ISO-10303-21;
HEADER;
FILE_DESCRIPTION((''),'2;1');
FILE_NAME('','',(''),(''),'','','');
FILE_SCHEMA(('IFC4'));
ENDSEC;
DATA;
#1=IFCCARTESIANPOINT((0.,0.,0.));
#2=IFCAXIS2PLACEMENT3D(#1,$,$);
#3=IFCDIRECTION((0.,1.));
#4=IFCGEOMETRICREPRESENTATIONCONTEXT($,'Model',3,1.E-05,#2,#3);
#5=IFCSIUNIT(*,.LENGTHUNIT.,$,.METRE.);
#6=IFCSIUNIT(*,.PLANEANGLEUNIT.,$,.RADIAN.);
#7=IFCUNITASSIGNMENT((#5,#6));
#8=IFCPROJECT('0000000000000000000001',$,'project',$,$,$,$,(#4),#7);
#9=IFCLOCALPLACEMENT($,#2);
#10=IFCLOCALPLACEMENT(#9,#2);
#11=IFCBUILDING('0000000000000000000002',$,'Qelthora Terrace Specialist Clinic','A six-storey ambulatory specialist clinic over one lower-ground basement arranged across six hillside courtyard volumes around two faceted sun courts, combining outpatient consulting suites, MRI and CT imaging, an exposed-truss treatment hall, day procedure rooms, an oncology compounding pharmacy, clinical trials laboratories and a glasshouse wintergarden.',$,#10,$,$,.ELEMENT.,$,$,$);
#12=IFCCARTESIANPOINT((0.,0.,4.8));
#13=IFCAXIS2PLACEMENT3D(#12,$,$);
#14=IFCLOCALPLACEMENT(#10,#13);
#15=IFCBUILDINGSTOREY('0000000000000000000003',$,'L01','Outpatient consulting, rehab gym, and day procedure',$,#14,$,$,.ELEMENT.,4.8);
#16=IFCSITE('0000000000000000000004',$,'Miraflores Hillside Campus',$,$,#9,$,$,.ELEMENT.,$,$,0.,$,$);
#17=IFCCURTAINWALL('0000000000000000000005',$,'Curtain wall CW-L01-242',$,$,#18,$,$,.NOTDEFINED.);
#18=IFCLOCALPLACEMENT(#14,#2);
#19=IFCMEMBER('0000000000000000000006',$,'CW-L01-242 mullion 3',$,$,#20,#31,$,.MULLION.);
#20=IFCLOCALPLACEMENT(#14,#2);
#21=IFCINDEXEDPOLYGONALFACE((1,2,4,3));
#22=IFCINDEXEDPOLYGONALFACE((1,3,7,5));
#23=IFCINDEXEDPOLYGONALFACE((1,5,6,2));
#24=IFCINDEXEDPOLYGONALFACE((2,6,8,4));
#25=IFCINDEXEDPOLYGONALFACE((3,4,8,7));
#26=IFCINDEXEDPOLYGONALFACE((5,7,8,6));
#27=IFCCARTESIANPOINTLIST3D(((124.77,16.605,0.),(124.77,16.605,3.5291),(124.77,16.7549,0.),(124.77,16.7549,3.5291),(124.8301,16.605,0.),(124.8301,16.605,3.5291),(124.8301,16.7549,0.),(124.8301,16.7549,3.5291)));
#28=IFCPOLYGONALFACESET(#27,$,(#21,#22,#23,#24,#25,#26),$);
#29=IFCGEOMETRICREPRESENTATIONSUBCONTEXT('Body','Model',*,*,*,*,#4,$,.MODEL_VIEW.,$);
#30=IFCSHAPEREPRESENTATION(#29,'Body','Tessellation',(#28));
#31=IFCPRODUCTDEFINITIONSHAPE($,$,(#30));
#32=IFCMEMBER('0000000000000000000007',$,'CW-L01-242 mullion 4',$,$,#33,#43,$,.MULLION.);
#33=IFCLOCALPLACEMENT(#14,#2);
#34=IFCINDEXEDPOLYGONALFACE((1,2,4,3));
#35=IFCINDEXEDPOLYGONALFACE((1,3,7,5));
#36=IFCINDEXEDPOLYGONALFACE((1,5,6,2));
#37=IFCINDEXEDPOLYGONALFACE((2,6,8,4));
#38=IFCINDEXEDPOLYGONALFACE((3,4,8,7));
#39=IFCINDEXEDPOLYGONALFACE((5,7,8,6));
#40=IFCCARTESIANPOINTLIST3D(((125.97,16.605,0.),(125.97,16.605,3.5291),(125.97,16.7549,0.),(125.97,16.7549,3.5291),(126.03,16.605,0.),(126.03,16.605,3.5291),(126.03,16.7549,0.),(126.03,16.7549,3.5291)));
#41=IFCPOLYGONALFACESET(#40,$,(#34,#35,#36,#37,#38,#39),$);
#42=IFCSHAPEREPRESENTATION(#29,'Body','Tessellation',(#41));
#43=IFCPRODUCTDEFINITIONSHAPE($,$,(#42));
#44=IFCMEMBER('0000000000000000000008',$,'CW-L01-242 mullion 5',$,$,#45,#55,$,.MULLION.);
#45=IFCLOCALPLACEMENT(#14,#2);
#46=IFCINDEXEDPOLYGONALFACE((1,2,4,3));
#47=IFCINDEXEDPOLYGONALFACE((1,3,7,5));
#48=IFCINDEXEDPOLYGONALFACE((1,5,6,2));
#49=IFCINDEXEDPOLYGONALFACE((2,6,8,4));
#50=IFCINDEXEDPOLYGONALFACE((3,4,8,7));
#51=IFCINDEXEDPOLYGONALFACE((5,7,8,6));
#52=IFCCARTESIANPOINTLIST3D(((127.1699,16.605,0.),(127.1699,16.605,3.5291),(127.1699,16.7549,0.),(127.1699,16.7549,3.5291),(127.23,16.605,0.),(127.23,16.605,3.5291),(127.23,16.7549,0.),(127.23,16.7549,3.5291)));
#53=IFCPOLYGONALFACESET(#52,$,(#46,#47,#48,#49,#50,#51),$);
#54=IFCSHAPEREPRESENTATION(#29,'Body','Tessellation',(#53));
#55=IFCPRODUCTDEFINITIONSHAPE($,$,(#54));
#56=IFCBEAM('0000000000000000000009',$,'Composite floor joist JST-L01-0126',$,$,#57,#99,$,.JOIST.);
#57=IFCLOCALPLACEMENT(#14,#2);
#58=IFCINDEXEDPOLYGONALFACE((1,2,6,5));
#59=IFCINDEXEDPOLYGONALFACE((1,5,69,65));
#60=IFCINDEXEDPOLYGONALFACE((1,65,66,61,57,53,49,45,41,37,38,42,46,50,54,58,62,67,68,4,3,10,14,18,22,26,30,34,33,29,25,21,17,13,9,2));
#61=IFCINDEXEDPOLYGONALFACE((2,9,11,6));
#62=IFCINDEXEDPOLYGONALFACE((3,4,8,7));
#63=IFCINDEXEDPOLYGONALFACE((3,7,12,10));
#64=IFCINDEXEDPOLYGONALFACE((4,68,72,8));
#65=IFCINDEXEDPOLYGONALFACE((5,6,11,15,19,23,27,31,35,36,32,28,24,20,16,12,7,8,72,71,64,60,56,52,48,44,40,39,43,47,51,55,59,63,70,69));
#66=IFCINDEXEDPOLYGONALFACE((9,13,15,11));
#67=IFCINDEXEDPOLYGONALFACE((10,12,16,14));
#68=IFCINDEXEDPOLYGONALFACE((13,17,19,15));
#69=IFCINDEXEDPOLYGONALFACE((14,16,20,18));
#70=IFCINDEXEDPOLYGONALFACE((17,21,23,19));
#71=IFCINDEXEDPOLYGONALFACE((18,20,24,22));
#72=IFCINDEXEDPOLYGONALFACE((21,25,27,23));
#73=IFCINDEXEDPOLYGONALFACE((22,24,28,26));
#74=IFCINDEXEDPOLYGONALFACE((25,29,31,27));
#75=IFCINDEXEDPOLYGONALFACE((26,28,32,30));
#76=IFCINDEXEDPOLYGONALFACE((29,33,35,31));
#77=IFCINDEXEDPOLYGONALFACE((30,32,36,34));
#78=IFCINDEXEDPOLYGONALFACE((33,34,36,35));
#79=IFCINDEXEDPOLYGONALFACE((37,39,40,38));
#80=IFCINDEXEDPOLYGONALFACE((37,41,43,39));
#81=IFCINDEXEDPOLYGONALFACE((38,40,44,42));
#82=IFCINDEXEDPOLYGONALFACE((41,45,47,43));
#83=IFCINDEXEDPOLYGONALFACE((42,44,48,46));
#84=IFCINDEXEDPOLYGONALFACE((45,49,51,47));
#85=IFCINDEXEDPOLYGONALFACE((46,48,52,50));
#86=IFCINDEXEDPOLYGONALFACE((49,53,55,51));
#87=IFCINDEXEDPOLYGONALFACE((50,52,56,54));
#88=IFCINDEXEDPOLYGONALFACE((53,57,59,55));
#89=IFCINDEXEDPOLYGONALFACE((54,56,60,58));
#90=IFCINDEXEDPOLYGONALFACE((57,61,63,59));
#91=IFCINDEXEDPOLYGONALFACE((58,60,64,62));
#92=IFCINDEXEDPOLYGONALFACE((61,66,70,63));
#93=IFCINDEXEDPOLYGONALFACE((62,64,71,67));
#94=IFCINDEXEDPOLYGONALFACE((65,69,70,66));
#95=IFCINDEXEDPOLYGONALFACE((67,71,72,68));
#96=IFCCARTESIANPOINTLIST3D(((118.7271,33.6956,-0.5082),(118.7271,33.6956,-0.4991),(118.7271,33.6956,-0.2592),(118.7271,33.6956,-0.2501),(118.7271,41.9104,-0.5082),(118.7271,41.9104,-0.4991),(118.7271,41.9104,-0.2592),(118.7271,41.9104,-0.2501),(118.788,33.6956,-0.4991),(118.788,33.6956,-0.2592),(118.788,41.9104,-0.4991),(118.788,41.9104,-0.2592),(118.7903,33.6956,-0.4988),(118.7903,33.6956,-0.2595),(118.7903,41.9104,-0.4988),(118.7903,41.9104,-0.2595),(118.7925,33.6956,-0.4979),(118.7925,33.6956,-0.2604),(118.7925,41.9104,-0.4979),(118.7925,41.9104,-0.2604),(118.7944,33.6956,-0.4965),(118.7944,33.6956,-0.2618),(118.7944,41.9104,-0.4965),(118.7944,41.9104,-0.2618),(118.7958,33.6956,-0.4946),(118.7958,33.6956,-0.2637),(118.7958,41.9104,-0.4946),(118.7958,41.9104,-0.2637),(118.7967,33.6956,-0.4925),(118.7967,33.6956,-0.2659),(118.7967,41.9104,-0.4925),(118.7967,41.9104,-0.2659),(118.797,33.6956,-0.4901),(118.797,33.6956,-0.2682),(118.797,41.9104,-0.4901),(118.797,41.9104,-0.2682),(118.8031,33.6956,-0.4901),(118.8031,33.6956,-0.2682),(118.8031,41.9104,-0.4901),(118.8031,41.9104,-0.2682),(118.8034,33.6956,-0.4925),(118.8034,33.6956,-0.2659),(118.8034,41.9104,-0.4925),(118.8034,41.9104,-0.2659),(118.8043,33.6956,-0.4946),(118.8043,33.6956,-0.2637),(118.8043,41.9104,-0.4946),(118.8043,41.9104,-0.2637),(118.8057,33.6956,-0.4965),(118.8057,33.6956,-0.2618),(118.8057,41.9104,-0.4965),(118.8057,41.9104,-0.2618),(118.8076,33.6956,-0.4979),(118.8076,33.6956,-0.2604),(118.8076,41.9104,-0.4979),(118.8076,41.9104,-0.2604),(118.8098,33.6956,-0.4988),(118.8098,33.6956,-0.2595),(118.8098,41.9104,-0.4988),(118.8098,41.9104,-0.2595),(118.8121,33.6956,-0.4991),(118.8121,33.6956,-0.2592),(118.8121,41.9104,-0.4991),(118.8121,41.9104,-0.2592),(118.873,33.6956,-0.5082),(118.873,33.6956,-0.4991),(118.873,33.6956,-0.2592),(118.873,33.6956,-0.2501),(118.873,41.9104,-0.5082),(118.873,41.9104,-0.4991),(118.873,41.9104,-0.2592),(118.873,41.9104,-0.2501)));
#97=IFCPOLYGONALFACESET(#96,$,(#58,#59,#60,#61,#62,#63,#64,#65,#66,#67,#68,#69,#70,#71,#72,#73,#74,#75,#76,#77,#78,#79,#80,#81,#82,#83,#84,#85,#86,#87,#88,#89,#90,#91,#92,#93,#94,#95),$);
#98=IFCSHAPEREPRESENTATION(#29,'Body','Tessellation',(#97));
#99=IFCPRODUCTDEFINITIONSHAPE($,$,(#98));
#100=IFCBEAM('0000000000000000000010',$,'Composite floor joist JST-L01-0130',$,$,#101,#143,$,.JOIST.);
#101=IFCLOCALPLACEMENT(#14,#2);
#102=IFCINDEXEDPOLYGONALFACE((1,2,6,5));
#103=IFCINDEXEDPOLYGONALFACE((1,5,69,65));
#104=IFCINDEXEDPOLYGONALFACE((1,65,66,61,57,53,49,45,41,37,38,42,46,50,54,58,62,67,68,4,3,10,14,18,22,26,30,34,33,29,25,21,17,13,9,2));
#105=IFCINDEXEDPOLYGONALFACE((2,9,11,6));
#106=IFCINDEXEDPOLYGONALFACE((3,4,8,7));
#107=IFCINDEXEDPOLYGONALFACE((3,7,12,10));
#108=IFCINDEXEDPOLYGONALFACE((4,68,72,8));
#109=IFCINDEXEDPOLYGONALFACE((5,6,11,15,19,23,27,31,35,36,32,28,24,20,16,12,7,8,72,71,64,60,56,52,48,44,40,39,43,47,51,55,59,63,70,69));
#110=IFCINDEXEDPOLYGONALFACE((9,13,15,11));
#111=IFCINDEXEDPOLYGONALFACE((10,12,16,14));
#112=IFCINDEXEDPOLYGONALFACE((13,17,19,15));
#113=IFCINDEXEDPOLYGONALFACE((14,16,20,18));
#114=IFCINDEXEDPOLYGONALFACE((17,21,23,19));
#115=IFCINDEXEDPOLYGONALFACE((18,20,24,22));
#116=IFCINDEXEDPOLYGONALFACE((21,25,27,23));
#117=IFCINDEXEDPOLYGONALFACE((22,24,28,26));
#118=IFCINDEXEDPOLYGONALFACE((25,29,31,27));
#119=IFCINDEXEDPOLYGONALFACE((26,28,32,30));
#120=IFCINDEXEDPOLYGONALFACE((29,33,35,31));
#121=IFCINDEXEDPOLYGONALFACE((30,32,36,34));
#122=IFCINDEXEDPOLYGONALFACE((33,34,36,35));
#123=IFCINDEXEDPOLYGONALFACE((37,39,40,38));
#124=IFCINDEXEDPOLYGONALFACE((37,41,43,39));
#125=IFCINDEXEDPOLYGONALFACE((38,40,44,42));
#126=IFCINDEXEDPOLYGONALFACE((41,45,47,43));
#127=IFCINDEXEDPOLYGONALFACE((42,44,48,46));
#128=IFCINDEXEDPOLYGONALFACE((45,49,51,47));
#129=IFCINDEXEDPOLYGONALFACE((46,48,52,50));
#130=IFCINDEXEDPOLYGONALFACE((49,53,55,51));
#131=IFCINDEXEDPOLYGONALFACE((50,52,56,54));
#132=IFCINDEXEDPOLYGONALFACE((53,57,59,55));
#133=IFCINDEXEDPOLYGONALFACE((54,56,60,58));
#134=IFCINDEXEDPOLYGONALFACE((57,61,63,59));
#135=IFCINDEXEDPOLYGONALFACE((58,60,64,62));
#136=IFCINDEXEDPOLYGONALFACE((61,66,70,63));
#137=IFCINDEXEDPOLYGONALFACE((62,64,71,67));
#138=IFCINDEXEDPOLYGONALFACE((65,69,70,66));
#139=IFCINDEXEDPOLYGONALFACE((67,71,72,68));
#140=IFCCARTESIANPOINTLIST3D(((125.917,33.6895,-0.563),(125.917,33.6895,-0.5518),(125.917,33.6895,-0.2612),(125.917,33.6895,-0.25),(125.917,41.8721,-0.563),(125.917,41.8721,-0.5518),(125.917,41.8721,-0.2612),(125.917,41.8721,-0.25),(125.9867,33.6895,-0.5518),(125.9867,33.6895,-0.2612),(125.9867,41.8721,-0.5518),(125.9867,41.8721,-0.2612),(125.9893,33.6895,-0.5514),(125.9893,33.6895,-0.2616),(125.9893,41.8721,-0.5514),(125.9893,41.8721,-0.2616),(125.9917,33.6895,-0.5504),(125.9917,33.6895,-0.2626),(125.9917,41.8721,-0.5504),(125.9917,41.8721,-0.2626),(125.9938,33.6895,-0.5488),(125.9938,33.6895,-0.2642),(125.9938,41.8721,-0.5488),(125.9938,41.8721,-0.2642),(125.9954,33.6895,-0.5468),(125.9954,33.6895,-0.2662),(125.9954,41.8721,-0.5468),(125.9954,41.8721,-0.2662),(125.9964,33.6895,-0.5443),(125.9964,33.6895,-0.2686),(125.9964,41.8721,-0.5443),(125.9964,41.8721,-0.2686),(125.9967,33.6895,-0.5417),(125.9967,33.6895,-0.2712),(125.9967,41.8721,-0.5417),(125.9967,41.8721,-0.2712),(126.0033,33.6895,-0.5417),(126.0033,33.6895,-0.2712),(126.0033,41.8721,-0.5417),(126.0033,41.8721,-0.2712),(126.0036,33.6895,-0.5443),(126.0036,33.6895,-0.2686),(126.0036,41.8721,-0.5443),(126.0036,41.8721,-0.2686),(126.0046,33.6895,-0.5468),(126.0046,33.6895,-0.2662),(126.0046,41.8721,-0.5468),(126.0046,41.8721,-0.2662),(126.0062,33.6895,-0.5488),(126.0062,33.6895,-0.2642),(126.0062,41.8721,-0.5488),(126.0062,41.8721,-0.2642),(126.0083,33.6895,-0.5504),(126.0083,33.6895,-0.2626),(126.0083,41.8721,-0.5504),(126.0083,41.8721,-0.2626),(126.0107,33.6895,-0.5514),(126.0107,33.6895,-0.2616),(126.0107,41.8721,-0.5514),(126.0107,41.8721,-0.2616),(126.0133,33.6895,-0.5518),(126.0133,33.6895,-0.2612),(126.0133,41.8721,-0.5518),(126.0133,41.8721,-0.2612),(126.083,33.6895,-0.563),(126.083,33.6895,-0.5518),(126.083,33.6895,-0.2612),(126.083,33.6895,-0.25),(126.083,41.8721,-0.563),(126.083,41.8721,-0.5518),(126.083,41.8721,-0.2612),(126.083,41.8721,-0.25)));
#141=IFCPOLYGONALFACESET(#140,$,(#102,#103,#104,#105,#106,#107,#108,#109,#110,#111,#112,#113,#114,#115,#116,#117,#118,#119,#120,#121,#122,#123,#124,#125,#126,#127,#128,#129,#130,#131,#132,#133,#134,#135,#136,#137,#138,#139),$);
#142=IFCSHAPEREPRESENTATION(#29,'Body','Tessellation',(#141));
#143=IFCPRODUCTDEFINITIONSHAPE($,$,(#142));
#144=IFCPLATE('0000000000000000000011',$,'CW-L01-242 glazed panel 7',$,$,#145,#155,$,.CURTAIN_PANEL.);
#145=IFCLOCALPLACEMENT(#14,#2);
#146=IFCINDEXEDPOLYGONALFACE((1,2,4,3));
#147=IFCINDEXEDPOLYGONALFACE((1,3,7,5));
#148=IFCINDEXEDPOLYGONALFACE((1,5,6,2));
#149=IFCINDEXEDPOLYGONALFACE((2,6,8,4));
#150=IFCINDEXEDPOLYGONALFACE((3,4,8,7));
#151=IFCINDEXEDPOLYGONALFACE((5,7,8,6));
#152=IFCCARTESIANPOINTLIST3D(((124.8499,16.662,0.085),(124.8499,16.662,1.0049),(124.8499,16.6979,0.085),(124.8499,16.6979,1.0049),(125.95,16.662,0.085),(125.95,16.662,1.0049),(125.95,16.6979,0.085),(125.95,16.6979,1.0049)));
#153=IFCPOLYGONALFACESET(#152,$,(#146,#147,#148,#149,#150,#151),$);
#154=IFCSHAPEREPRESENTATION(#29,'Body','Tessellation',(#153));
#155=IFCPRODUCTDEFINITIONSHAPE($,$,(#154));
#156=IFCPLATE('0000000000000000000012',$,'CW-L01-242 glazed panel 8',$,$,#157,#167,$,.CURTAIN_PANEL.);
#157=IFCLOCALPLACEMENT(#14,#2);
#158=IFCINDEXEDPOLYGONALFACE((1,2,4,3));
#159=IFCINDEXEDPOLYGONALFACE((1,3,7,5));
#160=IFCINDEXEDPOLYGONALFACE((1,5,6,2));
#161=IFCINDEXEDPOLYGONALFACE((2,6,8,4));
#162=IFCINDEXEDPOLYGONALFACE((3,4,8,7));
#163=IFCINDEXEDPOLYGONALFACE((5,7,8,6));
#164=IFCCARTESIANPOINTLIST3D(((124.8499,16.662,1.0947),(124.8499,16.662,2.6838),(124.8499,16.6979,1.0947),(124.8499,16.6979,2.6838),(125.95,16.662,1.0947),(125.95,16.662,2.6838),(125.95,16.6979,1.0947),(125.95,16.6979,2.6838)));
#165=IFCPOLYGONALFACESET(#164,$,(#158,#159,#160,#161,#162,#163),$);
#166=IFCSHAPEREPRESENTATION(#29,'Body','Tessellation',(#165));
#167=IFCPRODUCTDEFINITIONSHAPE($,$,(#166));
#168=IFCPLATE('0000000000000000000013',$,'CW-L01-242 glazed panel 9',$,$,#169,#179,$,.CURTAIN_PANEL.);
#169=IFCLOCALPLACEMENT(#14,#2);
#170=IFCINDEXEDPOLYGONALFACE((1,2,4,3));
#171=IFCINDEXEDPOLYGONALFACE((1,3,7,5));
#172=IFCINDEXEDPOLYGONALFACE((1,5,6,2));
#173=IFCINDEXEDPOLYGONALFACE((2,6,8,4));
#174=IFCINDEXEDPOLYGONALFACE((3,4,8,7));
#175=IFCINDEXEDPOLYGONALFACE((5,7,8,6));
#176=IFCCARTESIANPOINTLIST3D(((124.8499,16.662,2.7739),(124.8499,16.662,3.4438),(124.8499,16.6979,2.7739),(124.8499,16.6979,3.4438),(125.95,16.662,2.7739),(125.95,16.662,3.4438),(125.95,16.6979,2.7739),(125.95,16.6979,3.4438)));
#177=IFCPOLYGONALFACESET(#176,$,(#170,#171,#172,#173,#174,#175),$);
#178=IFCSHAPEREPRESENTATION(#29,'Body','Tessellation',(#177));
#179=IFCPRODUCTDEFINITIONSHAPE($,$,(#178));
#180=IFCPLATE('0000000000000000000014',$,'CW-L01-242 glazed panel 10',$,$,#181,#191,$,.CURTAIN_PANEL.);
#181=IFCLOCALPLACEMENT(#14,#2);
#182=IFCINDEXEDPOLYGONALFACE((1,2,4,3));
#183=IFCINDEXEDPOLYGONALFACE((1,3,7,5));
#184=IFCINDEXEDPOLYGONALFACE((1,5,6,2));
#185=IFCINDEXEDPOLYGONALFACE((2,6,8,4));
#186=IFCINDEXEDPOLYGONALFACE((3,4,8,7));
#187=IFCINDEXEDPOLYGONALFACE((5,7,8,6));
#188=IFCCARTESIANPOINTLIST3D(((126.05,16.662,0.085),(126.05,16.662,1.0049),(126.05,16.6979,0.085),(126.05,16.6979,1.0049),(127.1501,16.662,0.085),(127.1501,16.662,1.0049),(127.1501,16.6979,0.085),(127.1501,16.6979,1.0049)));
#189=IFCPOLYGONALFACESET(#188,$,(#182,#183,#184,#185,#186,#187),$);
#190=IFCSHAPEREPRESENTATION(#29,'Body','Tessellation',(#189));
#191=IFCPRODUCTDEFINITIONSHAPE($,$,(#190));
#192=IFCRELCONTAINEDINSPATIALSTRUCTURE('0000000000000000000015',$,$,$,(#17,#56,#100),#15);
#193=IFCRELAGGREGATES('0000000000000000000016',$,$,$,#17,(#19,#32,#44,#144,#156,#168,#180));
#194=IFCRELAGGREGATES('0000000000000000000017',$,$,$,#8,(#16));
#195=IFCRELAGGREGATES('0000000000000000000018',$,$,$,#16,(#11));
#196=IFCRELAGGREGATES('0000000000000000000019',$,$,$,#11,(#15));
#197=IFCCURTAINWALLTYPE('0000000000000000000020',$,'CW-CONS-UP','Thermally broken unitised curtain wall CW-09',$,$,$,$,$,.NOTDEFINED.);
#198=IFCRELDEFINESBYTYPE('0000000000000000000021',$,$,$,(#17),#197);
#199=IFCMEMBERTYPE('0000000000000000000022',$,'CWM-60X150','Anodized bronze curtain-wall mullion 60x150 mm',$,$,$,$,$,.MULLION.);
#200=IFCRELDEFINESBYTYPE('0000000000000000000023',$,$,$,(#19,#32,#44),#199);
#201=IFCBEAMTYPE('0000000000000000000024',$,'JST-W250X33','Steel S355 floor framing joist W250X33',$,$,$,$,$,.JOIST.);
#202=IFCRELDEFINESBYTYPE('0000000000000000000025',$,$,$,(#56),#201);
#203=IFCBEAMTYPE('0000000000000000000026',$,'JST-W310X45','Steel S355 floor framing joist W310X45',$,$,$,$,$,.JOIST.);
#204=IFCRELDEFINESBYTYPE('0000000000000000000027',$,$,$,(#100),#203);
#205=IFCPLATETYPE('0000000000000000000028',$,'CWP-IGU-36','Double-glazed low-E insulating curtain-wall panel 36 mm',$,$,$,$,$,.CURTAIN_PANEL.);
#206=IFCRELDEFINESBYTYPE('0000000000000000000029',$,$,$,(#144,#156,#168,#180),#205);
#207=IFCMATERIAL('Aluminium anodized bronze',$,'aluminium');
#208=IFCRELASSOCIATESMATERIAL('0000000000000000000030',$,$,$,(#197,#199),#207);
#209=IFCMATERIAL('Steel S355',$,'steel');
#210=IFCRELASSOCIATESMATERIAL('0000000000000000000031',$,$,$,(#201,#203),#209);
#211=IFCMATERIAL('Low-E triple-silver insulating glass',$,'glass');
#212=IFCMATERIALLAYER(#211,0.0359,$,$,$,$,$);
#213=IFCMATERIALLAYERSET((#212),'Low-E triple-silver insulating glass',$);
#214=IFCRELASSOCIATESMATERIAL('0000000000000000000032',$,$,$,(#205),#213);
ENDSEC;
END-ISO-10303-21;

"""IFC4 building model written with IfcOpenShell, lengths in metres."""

from ifc_helpers import new_model, si_unit, direction, frame, origin, origin_2d, place, context, subcontext, project, spatial, rectangle, i_section, extrude, material, layer, layer_set, material_profile, profile_set, type_object, element, aggregate, save


model = new_model("IFC4")

# Units and contexts
model_context = context("Model", 3, precision=1e-05, world=origin(), true_north=direction((0.0, 1.0)))
body_context = subcontext(model_context, "Body", "Model", "MODEL_VIEW")
ifc_project = project(units=[si_unit("LENGTHUNIT", "METRE"), si_unit("PLANEANGLEUNIT", "RADIAN")], contexts=[model_context])

# Site, building, storey
site_placement = place(None, origin())
site = spatial("IfcSite", under=ifc_project, at=site_placement, Name="Miraflores Hillside Campus", CompositionType="ELEMENT", RefElevation=0.0)
building_placement = place(site_placement, origin())
building = spatial("IfcBuilding", under=site, at=building_placement, Name="Qelthora Terrace Specialist Clinic", Description="A six-storey ambulatory specialist clinic over one lower-ground basement arranged across six hillside courtyard volumes around two faceted sun courts, combining outpatient consulting suites, MRI and CT imaging, an exposed-truss treatment hall, day procedure rooms, an oncology compounding pharmacy, clinical trials laboratories and a glasshouse wintergarden.", CompositionType="ELEMENT")
storey_placement = place(building_placement, frame((0.0, 0.0, 4.8)))
storey = spatial("IfcBuildingStorey", under=building, at=storey_placement, Name="L01", Description="Outpatient consulting, rehab gym, and day procedure", CompositionType="ELEMENT", Elevation=4.8)

# Shared definitions
ifc_material_1 = material(Name="Steel S355", Category="steel")

# Curtain wall, members
ifc_material_2 = material(Name="Aluminium anodized bronze", Category="aluminium")
curtain_wall_type = type_object("IfcCurtainWallType", Name="CW-CONS-UP", Description="Thermally broken unitised curtain wall CW-09", PredefinedType="NOTDEFINED", material=ifc_material_2)
curtain_wall_placement = place(storey_placement, origin())
curtain_wall = element("IfcCurtainWall", 1, at=curtain_wall_placement, inside=storey, type_object=curtain_wall_type, Name="Curtain wall CW-L01-242", PredefinedType="NOTDEFINED")
ifc_material_profile_1 = material_profile(ifc_material_2, rectangle(XDim=0.0601, YDim=0.1499, at=origin_2d()), Name="CWM60X150")
ifc_profile_set_1 = profile_set([ifc_material_profile_1], Name="Aluminium anodized bronze")
member_type = type_object("IfcMemberType", Name="CWM-60X150", Description="Anodized bronze curtain-wall mullion 60x150 mm", PredefinedType="MULLION", material=ifc_profile_set_1)
member_1_placement = place(storey_placement, frame((124.8, 16.6799, 0.0), z_axis=(0.0, 0.0, 1.0), x_axis=(1.0, 0.0, 0.0)))
member_1 = element("IfcMember", 2, at=member_1_placement, type_object=member_type, Name="CW-L01-242 mullion 3", PredefinedType="MULLION", context=body_context, shape_type="SweptSolid", body=[
    extrude(rectangle(XDim=0.0601, YDim=0.1499, at=origin_2d()), origin(), (0.0, 0.0, 1.0), 3.5291),
])
member_2_placement = place(storey_placement, frame((126.0, 16.6799, 0.0), z_axis=(0.0, 0.0, 1.0), x_axis=(1.0, 0.0, 0.0)))
member_2 = element("IfcMember", 3, at=member_2_placement, type_object=member_type, Name="CW-L01-242 mullion 4", PredefinedType="MULLION", context=body_context, shape_type="SweptSolid", body=[
    extrude(rectangle(XDim=0.0601, YDim=0.1499, at=origin_2d()), origin(), (0.0, 0.0, 1.0), 3.5291),
])
member_3_placement = place(storey_placement, frame((127.2, 16.6799, 0.0), z_axis=(0.0, 0.0, 1.0), x_axis=(1.0, 0.0, 0.0)))
member_3 = element("IfcMember", 4, at=member_3_placement, type_object=member_type, Name="CW-L01-242 mullion 5", PredefinedType="MULLION", context=body_context, shape_type="SweptSolid", body=[
    extrude(rectangle(XDim=0.0601, YDim=0.1499, at=origin_2d()), origin(), (0.0, 0.0, 1.0), 3.5291),
])

# Beams
ifc_material_profile_2 = material_profile(ifc_material_1, i_section(OverallWidth=0.146, OverallDepth=0.2581, WebThickness=0.0061, FlangeThickness=0.009, FilletRadius=0.009, at=origin_2d()), Name="W250X33")
ifc_profile_set_2 = profile_set([ifc_material_profile_2], Name="Steel S355")
beam_type_1 = type_object("IfcBeamType", Name="JST-W250X33", Description="Steel S355 floor framing joist W250X33", PredefinedType="JOIST", material=ifc_profile_set_2)
beam_1_placement = place(storey_placement, frame((118.8, 33.6956, -0.3792), z_axis=(0.0, 1.0, 0.0), x_axis=(-1.0, 0.0, 0.0)))
element("IfcBeam", 5, at=beam_1_placement, inside=storey, type_object=beam_type_1, Name="Composite floor joist JST-L01-0126", PredefinedType="JOIST", context=body_context, shape_type="SweptSolid", body=[
    extrude(i_section(OverallWidth=0.146, OverallDepth=0.2581, WebThickness=0.0061, FlangeThickness=0.009, FilletRadius=0.009, at=origin_2d()), origin(), (0.0, 0.0, 1.0), 8.2148),
])
ifc_material_profile_3 = material_profile(ifc_material_1, i_section(OverallWidth=0.166, OverallDepth=0.313, WebThickness=0.0066, FlangeThickness=0.0112, FilletRadius=0.01, at=origin_2d()), Name="W310X45")
ifc_profile_set_3 = profile_set([ifc_material_profile_3], Name="Steel S355")
beam_type_2 = type_object("IfcBeamType", Name="JST-W310X45", Description="Steel S355 floor framing joist W310X45", PredefinedType="JOIST", material=ifc_profile_set_3)
beam_2_placement = place(storey_placement, frame((126.0, 33.6895, -0.4065), z_axis=(0.0, 1.0, 0.0), x_axis=(-1.0, 0.0, 0.0)))
element("IfcBeam", 6, at=beam_2_placement, inside=storey, type_object=beam_type_2, Name="Composite floor joist JST-L01-0130", PredefinedType="JOIST", context=body_context, shape_type="SweptSolid", body=[
    extrude(i_section(OverallWidth=0.166, OverallDepth=0.313, WebThickness=0.0066, FlangeThickness=0.0112, FilletRadius=0.01, at=origin_2d()), origin(), (0.0, 0.0, 1.0), 8.1826),
])

# Plates
ifc_material_3 = material(Name="Low-E triple-silver insulating glass", Category="glass")
ifc_layer_1 = layer(ifc_material_3, 0.0359)
ifc_layer_set_1 = layer_set([ifc_layer_1], Name="Low-E triple-silver insulating glass")
plate_type = type_object("IfcPlateType", Name="CWP-IGU-36", Description="Double-glazed low-E insulating curtain-wall panel 36 mm", PredefinedType="CURTAIN_PANEL", material=ifc_layer_set_1)
plate_1_placement = place(storey_placement, frame((125.3999, 16.6799, 0.085), z_axis=(0.0, 0.0, 1.0), x_axis=(1.0, 0.0, 0.0)))
plate_1 = element("IfcPlate", 7, at=plate_1_placement, type_object=plate_type, Name="CW-L01-242 glazed panel 7", PredefinedType="CURTAIN_PANEL", context=body_context, shape_type="SweptSolid", body=[
    extrude(rectangle(XDim=1.1001, YDim=0.0359, at=origin_2d()), origin(), (0.0, 0.0, 1.0), 0.9199),
])
plate_2_placement = place(storey_placement, frame((125.3999, 16.6799, 1.0947), z_axis=(0.0, 0.0, 1.0), x_axis=(1.0, 0.0, 0.0)))
plate_2 = element("IfcPlate", 8, at=plate_2_placement, type_object=plate_type, Name="CW-L01-242 glazed panel 8", PredefinedType="CURTAIN_PANEL", context=body_context, shape_type="SweptSolid", body=[
    extrude(rectangle(XDim=1.1001, YDim=0.0359, at=origin_2d()), origin(), (0.0, 0.0, 1.0), 1.5891),
])
plate_3_placement = place(storey_placement, frame((125.3999, 16.6799, 2.7739), z_axis=(0.0, 0.0, 1.0), x_axis=(1.0, 0.0, 0.0)))
plate_3 = element("IfcPlate", 9, at=plate_3_placement, type_object=plate_type, Name="CW-L01-242 glazed panel 9", PredefinedType="CURTAIN_PANEL", context=body_context, shape_type="SweptSolid", body=[
    extrude(rectangle(XDim=1.1001, YDim=0.0359, at=origin_2d()), origin(), (0.0, 0.0, 1.0), 0.6699),
])
plate_4_placement = place(storey_placement, frame((126.6001, 16.6799, 0.085), z_axis=(0.0, 0.0, 1.0), x_axis=(1.0, 0.0, 0.0)))
plate_4 = element("IfcPlate", 10, at=plate_4_placement, type_object=plate_type, Name="CW-L01-242 glazed panel 10", PredefinedType="CURTAIN_PANEL", context=body_context, shape_type="SweptSolid", body=[
    extrude(rectangle(XDim=1.1001, YDim=0.0359, at=origin_2d()), origin(), (0.0, 0.0, 1.0), 0.9199),
])
aggregate(curtain_wall, [member_1, member_2, member_3, plate_1, plate_2, plate_3, plate_4])

save(model, "model.ifc")
